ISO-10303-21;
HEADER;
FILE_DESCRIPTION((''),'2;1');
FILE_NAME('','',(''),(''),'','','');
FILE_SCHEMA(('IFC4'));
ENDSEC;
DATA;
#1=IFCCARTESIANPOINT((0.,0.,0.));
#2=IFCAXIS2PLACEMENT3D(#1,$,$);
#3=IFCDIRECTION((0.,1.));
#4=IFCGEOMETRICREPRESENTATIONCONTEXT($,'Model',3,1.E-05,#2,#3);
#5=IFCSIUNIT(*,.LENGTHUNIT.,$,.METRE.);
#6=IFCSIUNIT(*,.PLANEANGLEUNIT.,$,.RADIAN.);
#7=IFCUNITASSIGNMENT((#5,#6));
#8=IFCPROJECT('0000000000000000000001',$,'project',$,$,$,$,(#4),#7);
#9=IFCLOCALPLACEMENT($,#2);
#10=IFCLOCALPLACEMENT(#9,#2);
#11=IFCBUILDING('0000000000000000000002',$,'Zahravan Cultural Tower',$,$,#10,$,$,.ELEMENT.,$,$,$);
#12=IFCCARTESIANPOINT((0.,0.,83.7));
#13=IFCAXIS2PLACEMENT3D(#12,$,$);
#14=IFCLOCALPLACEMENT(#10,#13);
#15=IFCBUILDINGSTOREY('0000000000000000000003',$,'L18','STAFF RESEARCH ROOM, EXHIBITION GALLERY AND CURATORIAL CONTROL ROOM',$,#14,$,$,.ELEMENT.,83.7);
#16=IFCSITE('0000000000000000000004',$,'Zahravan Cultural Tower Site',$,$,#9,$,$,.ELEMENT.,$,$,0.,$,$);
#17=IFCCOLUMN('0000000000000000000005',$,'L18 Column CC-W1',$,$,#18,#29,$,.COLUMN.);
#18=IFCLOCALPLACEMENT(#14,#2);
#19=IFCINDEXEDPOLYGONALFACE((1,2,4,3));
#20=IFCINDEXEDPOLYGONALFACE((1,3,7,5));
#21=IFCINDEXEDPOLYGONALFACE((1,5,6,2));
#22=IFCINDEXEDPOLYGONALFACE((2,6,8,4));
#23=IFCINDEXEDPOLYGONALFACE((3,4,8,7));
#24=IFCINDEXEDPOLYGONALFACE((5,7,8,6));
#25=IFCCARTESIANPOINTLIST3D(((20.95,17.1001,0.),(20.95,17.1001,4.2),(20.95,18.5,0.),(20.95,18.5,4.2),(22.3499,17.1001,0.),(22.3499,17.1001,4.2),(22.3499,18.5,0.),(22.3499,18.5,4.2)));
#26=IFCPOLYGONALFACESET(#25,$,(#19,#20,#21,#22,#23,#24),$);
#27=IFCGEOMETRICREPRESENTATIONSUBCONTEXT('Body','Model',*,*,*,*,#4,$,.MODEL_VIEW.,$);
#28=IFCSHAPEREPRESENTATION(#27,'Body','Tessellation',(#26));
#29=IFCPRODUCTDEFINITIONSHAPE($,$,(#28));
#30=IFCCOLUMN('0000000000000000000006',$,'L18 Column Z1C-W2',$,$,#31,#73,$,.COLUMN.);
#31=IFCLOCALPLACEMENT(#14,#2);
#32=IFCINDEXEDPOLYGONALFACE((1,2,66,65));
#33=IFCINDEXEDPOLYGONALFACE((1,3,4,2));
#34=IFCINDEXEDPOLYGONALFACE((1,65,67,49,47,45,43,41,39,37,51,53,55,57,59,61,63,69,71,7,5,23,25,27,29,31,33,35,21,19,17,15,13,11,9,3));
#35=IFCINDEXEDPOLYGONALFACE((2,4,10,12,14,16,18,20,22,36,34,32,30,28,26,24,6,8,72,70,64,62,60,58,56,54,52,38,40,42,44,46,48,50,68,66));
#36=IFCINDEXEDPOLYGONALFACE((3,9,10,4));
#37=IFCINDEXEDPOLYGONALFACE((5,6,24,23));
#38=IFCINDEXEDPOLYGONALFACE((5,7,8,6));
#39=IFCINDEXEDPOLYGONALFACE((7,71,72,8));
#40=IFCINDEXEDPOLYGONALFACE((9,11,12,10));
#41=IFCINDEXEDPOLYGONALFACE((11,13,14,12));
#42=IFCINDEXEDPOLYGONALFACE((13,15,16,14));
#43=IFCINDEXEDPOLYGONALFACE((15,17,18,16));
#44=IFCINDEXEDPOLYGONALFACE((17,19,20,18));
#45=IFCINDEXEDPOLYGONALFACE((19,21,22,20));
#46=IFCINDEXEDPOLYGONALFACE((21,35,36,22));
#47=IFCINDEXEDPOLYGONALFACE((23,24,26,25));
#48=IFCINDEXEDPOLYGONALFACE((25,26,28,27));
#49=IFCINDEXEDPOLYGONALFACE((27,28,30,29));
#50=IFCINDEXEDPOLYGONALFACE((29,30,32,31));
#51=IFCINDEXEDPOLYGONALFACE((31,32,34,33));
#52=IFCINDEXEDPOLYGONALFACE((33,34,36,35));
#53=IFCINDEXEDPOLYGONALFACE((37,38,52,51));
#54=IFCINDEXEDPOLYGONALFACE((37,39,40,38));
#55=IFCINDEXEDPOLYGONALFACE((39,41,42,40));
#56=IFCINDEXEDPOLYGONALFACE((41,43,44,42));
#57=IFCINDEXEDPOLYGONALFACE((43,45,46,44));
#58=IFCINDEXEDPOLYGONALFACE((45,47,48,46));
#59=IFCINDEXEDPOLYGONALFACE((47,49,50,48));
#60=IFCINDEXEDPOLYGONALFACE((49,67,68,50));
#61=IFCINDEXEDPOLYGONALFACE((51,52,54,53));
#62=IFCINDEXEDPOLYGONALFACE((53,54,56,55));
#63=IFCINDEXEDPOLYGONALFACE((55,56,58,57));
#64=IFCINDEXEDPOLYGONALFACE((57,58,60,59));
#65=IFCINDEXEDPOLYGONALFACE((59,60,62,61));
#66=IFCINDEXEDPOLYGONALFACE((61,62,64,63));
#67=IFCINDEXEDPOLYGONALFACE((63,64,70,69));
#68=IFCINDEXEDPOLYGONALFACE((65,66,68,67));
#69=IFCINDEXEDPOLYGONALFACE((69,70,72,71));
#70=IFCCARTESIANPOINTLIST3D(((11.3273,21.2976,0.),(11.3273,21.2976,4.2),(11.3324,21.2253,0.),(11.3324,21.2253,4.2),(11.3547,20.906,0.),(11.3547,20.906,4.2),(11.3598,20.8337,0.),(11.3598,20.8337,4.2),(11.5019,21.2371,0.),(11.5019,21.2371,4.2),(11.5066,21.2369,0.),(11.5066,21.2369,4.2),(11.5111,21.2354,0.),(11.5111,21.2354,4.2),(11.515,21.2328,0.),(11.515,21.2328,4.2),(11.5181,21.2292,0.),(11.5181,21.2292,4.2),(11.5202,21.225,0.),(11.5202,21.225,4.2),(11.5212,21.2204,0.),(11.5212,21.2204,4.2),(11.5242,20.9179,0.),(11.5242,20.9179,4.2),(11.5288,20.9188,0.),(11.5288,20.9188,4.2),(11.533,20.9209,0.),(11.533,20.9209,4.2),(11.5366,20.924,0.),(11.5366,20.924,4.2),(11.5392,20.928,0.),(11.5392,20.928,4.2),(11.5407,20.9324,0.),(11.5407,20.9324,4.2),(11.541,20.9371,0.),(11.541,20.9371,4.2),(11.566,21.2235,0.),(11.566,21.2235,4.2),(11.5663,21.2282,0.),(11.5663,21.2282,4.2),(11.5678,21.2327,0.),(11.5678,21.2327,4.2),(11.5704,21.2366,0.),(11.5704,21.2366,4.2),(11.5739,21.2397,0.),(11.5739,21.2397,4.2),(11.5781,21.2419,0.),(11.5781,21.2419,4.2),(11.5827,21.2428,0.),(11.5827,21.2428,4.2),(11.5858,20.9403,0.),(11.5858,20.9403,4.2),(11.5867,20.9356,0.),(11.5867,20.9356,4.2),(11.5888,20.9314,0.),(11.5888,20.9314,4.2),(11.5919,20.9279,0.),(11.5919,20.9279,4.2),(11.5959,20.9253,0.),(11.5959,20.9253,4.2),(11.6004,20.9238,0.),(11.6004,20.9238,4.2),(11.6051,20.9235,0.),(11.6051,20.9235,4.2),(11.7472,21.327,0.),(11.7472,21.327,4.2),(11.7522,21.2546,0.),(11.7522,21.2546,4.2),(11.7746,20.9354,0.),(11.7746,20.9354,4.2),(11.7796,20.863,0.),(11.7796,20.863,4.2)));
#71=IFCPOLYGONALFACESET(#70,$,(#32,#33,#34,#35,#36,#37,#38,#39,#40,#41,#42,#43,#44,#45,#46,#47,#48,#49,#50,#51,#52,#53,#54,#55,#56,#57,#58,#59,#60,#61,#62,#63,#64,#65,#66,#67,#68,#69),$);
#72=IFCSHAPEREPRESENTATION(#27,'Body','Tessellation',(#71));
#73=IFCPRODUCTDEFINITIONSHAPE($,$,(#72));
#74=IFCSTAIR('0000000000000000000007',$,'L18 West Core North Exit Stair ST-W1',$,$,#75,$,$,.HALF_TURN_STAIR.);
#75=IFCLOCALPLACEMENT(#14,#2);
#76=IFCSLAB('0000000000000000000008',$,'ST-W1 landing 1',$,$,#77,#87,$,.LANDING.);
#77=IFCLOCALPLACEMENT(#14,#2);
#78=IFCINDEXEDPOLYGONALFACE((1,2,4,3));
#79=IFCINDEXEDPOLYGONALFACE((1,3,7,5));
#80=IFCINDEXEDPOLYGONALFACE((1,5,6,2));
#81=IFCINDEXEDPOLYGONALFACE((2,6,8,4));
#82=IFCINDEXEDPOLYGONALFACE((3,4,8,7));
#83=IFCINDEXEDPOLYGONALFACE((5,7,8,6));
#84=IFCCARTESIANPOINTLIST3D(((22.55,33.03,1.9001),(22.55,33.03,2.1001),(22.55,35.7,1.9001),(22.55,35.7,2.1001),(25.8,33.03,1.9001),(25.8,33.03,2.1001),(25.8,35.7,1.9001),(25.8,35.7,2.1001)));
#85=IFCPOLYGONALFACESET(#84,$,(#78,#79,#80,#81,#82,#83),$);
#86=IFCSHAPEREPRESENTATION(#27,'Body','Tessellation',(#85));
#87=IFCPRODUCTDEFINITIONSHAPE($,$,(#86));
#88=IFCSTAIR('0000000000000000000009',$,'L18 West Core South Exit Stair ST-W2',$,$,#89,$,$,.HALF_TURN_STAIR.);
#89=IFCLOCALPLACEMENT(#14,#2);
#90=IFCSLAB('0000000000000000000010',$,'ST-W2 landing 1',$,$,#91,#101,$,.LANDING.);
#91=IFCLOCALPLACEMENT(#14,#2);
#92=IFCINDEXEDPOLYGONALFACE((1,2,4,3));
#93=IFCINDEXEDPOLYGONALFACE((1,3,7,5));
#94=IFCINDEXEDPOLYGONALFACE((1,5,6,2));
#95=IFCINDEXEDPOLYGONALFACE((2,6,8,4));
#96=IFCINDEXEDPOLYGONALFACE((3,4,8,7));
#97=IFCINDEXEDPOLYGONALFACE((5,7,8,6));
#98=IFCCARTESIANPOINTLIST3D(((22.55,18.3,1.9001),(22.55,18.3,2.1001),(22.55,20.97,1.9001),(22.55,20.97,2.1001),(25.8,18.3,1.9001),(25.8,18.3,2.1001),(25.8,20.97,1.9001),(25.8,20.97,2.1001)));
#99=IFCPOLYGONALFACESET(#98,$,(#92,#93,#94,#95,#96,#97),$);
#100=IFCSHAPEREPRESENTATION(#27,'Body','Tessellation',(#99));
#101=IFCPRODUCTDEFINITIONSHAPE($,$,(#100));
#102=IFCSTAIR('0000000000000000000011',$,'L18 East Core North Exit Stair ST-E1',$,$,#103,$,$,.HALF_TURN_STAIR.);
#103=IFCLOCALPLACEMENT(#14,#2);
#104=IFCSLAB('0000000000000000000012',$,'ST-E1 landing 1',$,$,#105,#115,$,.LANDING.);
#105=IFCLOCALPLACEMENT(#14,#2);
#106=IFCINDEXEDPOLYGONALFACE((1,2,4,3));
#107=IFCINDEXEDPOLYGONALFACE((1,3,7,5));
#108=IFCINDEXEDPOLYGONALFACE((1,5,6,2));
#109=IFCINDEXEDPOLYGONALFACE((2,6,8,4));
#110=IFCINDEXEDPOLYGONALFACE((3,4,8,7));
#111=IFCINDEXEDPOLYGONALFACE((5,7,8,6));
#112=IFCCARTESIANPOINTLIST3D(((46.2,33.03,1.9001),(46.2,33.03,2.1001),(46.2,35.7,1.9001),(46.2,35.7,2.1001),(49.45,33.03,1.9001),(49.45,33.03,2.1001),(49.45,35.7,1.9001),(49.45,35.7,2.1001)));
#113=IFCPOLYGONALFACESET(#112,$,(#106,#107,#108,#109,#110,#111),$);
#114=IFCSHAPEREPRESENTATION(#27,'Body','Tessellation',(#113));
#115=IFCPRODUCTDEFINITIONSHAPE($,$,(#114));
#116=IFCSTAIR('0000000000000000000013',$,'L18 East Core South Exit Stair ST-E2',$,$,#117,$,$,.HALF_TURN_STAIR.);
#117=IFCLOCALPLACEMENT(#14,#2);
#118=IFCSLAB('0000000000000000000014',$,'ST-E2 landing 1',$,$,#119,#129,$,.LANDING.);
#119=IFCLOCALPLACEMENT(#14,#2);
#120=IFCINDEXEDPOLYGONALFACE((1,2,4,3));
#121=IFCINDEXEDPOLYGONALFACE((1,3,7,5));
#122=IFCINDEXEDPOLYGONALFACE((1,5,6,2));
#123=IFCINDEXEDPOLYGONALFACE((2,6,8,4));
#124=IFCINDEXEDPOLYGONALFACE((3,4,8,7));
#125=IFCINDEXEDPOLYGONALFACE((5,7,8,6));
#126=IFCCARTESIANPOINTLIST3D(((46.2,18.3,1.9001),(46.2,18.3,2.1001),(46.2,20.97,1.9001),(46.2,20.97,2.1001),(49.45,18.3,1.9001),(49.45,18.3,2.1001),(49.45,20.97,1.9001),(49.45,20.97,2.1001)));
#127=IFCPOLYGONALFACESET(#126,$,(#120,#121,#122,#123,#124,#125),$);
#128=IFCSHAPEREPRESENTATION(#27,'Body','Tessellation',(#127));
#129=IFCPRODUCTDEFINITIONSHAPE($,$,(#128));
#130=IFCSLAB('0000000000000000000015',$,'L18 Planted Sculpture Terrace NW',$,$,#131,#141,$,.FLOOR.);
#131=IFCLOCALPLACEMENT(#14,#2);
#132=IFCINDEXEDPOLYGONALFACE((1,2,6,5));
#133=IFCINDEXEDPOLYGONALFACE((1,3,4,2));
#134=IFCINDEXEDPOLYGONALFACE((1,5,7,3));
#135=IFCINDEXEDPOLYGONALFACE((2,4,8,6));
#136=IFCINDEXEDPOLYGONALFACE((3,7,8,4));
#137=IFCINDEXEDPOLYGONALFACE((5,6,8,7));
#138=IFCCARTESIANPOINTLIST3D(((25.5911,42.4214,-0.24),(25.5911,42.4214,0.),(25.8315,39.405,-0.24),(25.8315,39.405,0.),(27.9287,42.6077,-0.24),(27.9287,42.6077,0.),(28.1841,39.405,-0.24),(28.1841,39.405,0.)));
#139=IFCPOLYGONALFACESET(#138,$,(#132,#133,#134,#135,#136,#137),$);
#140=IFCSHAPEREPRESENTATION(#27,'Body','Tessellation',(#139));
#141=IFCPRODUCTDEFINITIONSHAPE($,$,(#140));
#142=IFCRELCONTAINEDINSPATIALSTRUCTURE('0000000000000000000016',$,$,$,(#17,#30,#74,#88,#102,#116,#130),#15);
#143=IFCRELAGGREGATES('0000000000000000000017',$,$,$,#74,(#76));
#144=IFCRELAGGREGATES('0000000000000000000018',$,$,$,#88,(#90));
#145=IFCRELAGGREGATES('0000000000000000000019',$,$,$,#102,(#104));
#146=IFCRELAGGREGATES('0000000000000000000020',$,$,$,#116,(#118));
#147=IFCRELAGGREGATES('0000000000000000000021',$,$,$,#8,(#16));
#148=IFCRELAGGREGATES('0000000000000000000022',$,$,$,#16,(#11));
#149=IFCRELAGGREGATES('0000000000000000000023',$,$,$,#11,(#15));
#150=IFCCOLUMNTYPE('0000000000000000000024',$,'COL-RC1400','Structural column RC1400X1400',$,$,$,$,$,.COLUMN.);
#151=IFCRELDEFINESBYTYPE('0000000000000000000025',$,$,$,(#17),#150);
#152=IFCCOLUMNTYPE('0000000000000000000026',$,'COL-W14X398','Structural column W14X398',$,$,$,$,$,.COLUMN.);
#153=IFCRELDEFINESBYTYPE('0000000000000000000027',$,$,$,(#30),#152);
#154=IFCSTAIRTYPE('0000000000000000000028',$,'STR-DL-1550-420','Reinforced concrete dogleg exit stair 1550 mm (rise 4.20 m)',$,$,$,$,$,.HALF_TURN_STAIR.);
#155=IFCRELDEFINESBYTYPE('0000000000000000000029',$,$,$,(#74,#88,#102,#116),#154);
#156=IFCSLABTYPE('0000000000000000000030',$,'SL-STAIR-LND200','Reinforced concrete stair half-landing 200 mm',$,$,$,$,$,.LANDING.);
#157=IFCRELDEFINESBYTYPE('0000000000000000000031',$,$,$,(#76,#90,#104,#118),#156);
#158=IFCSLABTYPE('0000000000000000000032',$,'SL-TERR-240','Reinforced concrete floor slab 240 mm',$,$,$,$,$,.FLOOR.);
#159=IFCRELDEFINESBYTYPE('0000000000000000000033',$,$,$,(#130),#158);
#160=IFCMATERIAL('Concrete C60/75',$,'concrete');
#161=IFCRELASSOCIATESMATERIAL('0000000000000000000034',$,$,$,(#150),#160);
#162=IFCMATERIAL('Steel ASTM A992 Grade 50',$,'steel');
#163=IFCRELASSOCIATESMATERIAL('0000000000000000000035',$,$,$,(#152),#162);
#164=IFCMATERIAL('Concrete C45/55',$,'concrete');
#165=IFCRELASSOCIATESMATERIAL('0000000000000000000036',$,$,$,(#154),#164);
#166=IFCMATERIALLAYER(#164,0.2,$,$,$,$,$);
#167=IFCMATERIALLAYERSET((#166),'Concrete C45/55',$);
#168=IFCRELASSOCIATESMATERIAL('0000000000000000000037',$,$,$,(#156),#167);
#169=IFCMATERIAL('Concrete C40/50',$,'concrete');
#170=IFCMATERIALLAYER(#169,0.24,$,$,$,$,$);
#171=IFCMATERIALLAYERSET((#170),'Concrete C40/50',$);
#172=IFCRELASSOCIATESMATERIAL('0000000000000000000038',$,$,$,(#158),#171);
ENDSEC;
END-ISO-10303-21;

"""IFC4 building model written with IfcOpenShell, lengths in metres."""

from ifc_helpers import new_model, si_unit, direction, frame, origin, origin_2d, place, context, subcontext, project, spatial, polyline, rectangle, i_section, outline, extrude, source, transform, mapped, material, layer, layer_set, material_profile, profile_set, type_object, element, aggregate, save


model = new_model("IFC4")

# Units and contexts
model_context = context("Model", 3, precision=1e-05, world=origin(), true_north=direction((0.0, 1.0)))
body_context = subcontext(model_context, "Body", "Model", "MODEL_VIEW")
ifc_project = project(units=[si_unit("LENGTHUNIT", "METRE"), si_unit("PLANEANGLEUNIT", "RADIAN")], contexts=[model_context])

# Site, building, storey
site_placement = place(None, origin())
site = spatial("IfcSite", under=ifc_project, at=site_placement, Name="Zahravan Cultural Tower Site", CompositionType="ELEMENT", RefElevation=0.0)
building_placement = place(site_placement, origin())
building = spatial("IfcBuilding", under=site, at=building_placement, Name="Zahravan Cultural Tower", CompositionType="ELEMENT")
storey_placement = place(building_placement, frame((0.0, 0.0, 83.7)))
storey = spatial("IfcBuildingStorey", under=building, at=storey_placement, Name="L18", Description="STAFF RESEARCH ROOM, EXHIBITION GALLERY AND CURATORIAL CONTROL ROOM", CompositionType="ELEMENT", Elevation=83.7)

# Columns
ifc_material_1 = material(Name="Concrete C60/75", Category="concrete")
ifc_material_profile_1 = material_profile(ifc_material_1, rectangle(XDim=1.3999, YDim=1.3999, at=origin_2d()), Name="RC1400X1400")
ifc_profile_set_1 = profile_set([ifc_material_profile_1], Name="Concrete C60/75")
column_type_1 = type_object("IfcColumnType", Name="COL-RC1400", Description="Structural column RC1400X1400", PredefinedType="COLUMN", material=ifc_profile_set_1)
shared_shape_1 = source(origin(), body_context, "Body", "SweptSolid", [
    extrude(rectangle(XDim=1.3999, YDim=1.3999, at=origin_2d()), origin(), (0.0, 0.0, 1.0), 4.2),
])
column_1_placement = place(storey_placement, frame((21.6499, 17.8, 0.0), z_axis=(0.0, 0.0, 1.0), x_axis=(1.0, 0.0, 0.0)))
element("IfcColumn", 1, at=column_1_placement, inside=storey, type_object=column_type_1, Name="L18 Column CC-W1", PredefinedType="COLUMN", context=body_context, shape_type="MappedRepresentation", body=[
    mapped(shared_shape_1, transform((0.0, 0.0, 0.0), x_axis=(1.0, 0.0, 0.0), y_axis=(0.0, 1.0, 0.0), z_axis=(0.0, 0.0, 1.0), scale=1.0)),
])
ifc_material_2 = material(Name="Steel ASTM A992 Grade 50", Category="steel")
ifc_material_profile_2 = material_profile(ifc_material_2, i_section(OverallWidth=0.4209, OverallDepth=0.4651, WebThickness=0.0449, FlangeThickness=0.0725, FilletRadius=0.0181, at=origin_2d()), Name="W14X398")
ifc_profile_set_2 = profile_set([ifc_material_profile_2], Name="Steel ASTM A992 Grade 50")
column_type_2 = type_object("IfcColumnType", Name="COL-W14X398", Description="Structural column W14X398", PredefinedType="COLUMN", material=ifc_profile_set_2)
shared_shape_2 = source(origin(), body_context, "Body", "SweptSolid", [
    extrude(i_section(OverallWidth=0.4209, OverallDepth=0.4651, WebThickness=0.0449, FlangeThickness=0.0725, FilletRadius=0.0181, at=origin_2d()), origin(), (0.0, 0.0, 1.0), 4.2),
])
column_2_placement = place(storey_placement, frame((11.5535, 21.0803, 0.0), z_axis=(0.0, 0.0, 1.0), x_axis=(0.997564, 0.069756, 0.0)))
element("IfcColumn", 2, at=column_2_placement, inside=storey, type_object=column_type_2, Name="L18 Column Z1C-W2", PredefinedType="COLUMN", context=body_context, shape_type="MappedRepresentation", body=[
    mapped(shared_shape_2, transform((0.0, 0.0, 0.0), x_axis=(1.0, 0.0, 0.0), y_axis=(0.0, 1.0, 0.0), z_axis=(0.0, 0.0, 1.0), scale=1.0)),
])

# Stairs, slabs
ifc_material_3 = material(Name="Concrete C45/55", Category="concrete")
stair_type = type_object("IfcStairType", Name="STR-DL-1550-420", Description="Reinforced concrete dogleg exit stair 1550 mm (rise 4.20 m)", PredefinedType="HALF_TURN_STAIR", material=ifc_material_3)
stair_1_placement = place(storey_placement, origin())
stair_1 = element("IfcStair", 3, at=stair_1_placement, inside=storey, type_object=stair_type, Name="L18 West Core North Exit Stair ST-W1", PredefinedType="HALF_TURN_STAIR")
ifc_layer_1 = layer(ifc_material_3, 0.2)
ifc_layer_set_1 = layer_set([ifc_layer_1], Name="Concrete C45/55")
slab_type_1 = type_object("IfcSlabType", Name="SL-STAIR-LND200", Description="Reinforced concrete stair half-landing 200 mm", PredefinedType="LANDING", material=ifc_layer_set_1)
slab_1_placement = place(storey_placement, frame((0.0, 0.0, 1.9001)))
slab_1 = element("IfcSlab", 4, at=slab_1_placement, type_object=slab_type_1, Name="ST-W1 landing 1", PredefinedType="LANDING", context=body_context, shape_type="SweptSolid", body=[
    extrude(outline(polyline([(25.8, 33.03), (25.8, 35.7), (22.55, 35.7), (22.55, 33.03), (25.8, 33.03)])), origin(), (0.0, 0.0, 1.0), 0.2),
])
aggregate(stair_1, [slab_1])
stair_2_placement = place(storey_placement, origin())
stair_2 = element("IfcStair", 5, at=stair_2_placement, inside=storey, type_object=stair_type, Name="L18 West Core South Exit Stair ST-W2", PredefinedType="HALF_TURN_STAIR")
slab_2_placement = place(storey_placement, frame((0.0, 0.0, 1.9001)))
slab_2 = element("IfcSlab", 6, at=slab_2_placement, type_object=slab_type_1, Name="ST-W2 landing 1", PredefinedType="LANDING", context=body_context, shape_type="SweptSolid", body=[
    extrude(outline(polyline([(22.55, 20.97), (22.55, 18.3), (25.8, 18.3), (25.8, 20.97), (22.55, 20.97)])), origin(), (0.0, 0.0, 1.0), 0.2),
])
aggregate(stair_2, [slab_2])
stair_3_placement = place(storey_placement, origin())
stair_3 = element("IfcStair", 7, at=stair_3_placement, inside=storey, type_object=stair_type, Name="L18 East Core North Exit Stair ST-E1", PredefinedType="HALF_TURN_STAIR")
slab_3_placement = place(storey_placement, frame((0.0, 0.0, 1.9001)))
slab_3 = element("IfcSlab", 8, at=slab_3_placement, type_object=slab_type_1, Name="ST-E1 landing 1", PredefinedType="LANDING", context=body_context, shape_type="SweptSolid", body=[
    extrude(outline(polyline([(49.45, 33.03), (49.45, 35.7), (46.2, 35.7), (46.2, 33.03), (49.45, 33.03)])), origin(), (0.0, 0.0, 1.0), 0.2),
])
aggregate(stair_3, [slab_3])
stair_4_placement = place(storey_placement, origin())
stair_4 = element("IfcStair", 9, at=stair_4_placement, inside=storey, type_object=stair_type, Name="L18 East Core South Exit Stair ST-E2", PredefinedType="HALF_TURN_STAIR")
slab_4_placement = place(storey_placement, frame((0.0, 0.0, 1.9001)))
slab_4 = element("IfcSlab", 10, at=slab_4_placement, type_object=slab_type_1, Name="ST-E2 landing 1", PredefinedType="LANDING", context=body_context, shape_type="SweptSolid", body=[
    extrude(outline(polyline([(46.2, 20.97), (46.2, 18.3), (49.45, 18.3), (49.45, 20.97), (46.2, 20.97)])), origin(), (0.0, 0.0, 1.0), 0.2),
])
aggregate(stair_4, [slab_4])

# Slab
ifc_material_4 = material(Name="Concrete C40/50", Category="concrete")
ifc_layer_2 = layer(ifc_material_4, 0.24)
ifc_layer_set_2 = layer_set([ifc_layer_2], Name="Concrete C40/50")
slab_type_2 = type_object("IfcSlabType", Name="SL-TERR-240", Description="Reinforced concrete floor slab 240 mm", PredefinedType="FLOOR", material=ifc_layer_set_2)
slab_5_placement = place(storey_placement, frame((0.0, 0.0, -0.24)))
element("IfcSlab", 11, at=slab_5_placement, inside=storey, type_object=slab_type_2, Name="L18 Planted Sculpture Terrace NW", PredefinedType="FLOOR", context=body_context, shape_type="SweptSolid", body=[
    extrude(outline(polyline([(25.5911, 42.4214), (25.8315, 39.405), (28.1841, 39.405), (27.9287, 42.6077), (25.5911, 42.4214)])), origin(), (0.0, 0.0, 1.0), 0.24),
])

save(model, "model.ifc")
